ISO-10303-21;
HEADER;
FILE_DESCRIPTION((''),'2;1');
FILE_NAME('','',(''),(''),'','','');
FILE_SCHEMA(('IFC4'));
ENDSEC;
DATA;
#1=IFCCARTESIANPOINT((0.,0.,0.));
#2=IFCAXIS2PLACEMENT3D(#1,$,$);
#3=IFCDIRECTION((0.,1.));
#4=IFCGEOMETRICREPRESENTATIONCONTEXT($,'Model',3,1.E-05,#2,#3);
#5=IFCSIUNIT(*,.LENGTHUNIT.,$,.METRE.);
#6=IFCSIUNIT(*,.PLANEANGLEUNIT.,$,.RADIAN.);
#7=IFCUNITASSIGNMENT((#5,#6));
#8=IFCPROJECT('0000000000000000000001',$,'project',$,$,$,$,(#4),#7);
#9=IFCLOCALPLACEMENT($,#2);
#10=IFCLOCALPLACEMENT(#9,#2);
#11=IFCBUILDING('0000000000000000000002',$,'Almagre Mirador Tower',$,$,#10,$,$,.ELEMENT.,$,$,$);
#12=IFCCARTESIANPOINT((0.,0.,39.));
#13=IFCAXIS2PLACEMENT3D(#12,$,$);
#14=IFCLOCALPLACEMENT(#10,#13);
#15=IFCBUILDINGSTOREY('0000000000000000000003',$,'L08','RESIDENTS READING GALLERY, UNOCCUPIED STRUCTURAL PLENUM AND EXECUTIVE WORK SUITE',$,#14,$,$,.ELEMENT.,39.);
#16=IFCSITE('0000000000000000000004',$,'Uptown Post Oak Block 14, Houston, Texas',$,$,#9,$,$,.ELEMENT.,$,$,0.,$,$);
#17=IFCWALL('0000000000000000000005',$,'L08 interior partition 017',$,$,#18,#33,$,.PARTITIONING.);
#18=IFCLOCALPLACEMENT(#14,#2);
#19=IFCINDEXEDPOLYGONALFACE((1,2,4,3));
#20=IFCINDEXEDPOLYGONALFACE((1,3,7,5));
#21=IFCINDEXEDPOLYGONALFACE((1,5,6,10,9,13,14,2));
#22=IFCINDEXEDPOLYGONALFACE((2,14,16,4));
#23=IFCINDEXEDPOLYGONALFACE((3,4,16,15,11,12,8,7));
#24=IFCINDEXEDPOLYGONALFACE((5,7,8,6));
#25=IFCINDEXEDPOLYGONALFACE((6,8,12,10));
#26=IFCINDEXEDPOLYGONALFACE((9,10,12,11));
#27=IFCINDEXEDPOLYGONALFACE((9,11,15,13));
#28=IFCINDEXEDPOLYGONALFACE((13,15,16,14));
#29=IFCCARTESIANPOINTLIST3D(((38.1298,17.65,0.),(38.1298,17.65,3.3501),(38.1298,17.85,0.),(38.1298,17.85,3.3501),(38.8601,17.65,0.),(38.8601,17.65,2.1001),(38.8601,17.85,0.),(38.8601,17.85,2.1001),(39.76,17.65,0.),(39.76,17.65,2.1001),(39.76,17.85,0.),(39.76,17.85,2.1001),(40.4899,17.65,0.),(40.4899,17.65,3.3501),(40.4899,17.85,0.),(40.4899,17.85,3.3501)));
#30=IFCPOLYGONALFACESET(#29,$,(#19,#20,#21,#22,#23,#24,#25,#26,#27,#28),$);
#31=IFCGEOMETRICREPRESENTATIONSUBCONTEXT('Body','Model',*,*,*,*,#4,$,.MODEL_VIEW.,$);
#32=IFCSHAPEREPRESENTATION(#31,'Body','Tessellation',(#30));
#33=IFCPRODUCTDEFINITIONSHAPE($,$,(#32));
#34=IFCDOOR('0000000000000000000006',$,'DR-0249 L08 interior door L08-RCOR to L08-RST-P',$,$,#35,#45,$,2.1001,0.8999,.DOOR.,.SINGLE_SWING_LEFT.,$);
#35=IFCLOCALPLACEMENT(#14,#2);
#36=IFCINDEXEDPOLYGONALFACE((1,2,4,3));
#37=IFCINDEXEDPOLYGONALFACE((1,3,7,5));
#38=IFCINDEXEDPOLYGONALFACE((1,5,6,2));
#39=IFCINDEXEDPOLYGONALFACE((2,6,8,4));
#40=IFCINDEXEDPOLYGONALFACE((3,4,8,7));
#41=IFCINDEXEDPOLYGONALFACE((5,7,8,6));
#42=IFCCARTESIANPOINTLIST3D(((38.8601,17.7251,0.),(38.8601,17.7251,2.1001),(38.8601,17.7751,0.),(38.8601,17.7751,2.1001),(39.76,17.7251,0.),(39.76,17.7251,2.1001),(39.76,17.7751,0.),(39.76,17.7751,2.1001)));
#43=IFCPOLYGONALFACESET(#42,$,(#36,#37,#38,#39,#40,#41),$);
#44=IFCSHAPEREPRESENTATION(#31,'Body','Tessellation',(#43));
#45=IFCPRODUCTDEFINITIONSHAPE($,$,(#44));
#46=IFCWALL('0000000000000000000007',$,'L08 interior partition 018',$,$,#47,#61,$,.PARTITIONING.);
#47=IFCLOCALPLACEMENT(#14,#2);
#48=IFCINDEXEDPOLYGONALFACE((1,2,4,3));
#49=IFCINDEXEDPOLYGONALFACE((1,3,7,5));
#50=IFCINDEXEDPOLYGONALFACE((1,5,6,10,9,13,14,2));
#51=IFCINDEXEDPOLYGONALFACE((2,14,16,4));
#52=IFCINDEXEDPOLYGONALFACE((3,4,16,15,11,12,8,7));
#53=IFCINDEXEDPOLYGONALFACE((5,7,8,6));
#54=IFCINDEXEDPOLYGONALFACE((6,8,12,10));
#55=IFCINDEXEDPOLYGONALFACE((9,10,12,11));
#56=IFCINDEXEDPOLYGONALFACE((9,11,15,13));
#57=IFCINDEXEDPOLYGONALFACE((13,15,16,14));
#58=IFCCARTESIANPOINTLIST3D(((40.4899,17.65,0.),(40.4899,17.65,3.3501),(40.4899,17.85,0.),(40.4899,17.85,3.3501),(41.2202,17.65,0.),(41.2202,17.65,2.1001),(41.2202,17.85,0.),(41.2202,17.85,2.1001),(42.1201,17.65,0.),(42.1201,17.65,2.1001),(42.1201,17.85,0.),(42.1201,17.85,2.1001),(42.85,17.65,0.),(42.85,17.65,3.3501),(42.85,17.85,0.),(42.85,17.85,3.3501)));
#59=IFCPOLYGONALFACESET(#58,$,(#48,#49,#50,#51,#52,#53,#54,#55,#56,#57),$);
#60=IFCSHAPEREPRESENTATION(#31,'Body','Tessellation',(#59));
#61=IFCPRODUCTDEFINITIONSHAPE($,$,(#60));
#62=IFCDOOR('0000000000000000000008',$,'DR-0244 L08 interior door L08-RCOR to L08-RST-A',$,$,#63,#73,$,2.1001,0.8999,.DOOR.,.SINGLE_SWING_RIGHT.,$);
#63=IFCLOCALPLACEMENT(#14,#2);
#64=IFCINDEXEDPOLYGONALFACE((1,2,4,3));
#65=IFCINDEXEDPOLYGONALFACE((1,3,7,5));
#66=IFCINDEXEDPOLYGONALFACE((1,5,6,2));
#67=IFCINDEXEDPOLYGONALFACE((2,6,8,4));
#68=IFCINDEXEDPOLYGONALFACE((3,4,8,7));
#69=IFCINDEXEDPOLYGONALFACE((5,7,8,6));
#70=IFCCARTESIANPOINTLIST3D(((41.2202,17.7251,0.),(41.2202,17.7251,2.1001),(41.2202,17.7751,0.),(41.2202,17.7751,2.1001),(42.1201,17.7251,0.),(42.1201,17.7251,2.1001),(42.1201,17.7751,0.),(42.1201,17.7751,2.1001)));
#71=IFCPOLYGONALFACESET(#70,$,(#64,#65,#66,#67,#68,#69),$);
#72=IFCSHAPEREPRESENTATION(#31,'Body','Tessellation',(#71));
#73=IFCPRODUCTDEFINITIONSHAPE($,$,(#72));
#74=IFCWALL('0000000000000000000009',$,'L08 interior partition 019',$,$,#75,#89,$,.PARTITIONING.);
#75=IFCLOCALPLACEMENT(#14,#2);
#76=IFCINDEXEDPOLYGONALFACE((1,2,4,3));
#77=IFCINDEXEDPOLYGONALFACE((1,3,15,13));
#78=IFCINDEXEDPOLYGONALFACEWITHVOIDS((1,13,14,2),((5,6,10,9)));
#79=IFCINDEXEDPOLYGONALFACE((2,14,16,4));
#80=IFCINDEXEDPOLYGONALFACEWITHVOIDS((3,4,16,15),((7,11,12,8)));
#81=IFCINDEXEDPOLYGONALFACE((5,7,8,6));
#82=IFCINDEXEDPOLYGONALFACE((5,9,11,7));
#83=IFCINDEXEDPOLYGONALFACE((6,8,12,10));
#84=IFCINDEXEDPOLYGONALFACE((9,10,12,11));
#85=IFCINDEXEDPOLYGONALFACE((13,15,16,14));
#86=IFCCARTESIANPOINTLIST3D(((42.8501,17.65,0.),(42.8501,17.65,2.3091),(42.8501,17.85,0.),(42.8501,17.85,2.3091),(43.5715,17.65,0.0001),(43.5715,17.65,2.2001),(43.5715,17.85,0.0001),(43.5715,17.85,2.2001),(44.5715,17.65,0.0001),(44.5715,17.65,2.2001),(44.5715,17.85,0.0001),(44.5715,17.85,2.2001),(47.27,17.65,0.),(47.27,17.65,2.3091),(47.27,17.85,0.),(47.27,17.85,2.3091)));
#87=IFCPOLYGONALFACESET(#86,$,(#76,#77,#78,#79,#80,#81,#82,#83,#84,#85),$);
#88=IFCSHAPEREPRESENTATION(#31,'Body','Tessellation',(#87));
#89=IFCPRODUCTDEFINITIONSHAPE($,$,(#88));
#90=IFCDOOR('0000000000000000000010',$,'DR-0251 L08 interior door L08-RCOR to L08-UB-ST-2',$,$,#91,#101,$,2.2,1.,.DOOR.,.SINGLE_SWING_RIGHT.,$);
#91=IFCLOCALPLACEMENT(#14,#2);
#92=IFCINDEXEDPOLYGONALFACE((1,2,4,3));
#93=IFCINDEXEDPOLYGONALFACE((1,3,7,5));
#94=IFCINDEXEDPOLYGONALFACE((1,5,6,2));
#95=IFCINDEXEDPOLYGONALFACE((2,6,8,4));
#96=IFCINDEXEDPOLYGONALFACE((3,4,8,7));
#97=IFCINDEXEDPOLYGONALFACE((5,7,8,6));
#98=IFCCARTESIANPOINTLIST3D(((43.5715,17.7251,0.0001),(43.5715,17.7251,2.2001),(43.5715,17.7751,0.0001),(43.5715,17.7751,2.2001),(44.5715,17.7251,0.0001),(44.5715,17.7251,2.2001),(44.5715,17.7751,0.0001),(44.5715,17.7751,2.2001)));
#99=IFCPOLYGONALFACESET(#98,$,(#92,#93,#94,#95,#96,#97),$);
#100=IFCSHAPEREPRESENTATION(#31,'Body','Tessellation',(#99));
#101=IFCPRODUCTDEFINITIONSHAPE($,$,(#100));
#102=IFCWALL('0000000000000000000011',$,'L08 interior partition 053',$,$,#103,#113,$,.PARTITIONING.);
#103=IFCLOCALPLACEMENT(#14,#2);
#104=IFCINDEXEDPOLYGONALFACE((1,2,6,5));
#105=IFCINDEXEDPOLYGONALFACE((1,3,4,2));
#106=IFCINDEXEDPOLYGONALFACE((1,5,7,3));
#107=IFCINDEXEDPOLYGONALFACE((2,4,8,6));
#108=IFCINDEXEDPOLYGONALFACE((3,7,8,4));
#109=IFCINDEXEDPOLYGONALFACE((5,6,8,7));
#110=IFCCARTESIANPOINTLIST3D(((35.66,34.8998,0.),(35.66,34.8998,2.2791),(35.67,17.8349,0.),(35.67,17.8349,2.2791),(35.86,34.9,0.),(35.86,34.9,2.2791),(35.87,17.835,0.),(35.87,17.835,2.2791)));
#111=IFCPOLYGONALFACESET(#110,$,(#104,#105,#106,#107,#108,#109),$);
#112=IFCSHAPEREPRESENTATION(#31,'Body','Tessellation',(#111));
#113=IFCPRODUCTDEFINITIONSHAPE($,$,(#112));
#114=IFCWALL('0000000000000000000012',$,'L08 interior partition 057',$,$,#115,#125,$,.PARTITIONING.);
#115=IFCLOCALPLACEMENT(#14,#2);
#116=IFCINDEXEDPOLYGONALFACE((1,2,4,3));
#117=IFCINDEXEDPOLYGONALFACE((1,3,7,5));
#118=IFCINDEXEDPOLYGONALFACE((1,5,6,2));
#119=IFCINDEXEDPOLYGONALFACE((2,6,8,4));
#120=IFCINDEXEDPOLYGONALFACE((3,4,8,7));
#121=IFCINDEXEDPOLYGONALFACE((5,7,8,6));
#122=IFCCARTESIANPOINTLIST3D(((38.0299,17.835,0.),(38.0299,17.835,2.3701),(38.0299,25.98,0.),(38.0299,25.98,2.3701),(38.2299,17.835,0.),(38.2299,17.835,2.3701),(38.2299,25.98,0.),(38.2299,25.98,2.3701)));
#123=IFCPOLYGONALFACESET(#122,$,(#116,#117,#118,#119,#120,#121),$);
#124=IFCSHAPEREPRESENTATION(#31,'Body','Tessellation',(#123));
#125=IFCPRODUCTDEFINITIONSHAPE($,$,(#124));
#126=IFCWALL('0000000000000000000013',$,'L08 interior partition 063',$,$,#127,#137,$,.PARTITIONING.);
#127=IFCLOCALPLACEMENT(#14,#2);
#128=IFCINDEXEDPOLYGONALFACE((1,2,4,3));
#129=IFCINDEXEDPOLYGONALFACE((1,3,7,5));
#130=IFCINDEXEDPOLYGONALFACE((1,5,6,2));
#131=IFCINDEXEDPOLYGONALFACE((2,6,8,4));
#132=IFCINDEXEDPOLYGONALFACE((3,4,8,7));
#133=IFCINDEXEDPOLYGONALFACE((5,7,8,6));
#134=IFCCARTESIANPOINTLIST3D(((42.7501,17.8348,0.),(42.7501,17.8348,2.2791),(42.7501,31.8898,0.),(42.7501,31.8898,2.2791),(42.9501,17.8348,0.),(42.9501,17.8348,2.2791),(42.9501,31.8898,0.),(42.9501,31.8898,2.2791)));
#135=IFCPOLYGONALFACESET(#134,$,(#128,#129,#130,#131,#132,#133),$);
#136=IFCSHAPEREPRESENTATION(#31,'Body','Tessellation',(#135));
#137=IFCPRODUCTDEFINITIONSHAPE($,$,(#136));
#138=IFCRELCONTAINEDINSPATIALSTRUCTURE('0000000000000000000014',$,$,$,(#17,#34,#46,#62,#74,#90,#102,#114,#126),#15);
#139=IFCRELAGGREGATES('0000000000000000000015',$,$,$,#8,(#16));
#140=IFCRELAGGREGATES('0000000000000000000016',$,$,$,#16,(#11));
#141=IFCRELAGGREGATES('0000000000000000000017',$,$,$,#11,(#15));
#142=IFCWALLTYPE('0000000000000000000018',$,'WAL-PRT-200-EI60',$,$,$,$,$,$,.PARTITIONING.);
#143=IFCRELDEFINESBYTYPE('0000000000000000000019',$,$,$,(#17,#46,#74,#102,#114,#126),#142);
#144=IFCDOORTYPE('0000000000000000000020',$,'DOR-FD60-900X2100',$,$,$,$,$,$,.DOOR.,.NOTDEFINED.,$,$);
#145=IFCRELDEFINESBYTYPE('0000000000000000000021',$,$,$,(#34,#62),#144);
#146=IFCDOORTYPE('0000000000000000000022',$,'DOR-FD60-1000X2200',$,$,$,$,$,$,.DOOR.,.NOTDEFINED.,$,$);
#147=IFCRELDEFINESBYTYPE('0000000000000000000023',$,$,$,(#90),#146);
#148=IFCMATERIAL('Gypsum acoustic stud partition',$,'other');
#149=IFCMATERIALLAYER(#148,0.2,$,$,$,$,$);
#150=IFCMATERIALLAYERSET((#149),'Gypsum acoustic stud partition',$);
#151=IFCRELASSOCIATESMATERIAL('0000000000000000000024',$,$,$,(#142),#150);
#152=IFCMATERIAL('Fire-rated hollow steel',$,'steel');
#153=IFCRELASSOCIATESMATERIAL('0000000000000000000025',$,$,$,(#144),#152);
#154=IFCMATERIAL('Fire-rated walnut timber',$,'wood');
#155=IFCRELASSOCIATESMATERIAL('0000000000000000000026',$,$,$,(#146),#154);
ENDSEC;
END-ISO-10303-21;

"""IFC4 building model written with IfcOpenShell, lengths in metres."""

from ifc_helpers import new_model, si_unit, direction, frame, frame_2d, origin, place, context, subcontext, project, spatial, rectangle, extrude, material, layer, layer_set, type_object, element, fill, save


model = new_model("IFC4")

# Units and contexts
model_context = context("Model", 3, precision=1e-05, world=origin(), true_north=direction((0.0, 1.0)))
body_context = subcontext(model_context, "Body", "Model", "MODEL_VIEW")
ifc_project = project(units=[si_unit("LENGTHUNIT", "METRE"), si_unit("PLANEANGLEUNIT", "RADIAN")], contexts=[model_context])

# Site, building, storey
site_placement = place(None, origin())
site = spatial("IfcSite", under=ifc_project, at=site_placement, Name="Uptown Post Oak Block 14, Houston, Texas", CompositionType="ELEMENT", RefElevation=0.0)
building_placement = place(site_placement, origin())
building = spatial("IfcBuilding", under=site, at=building_placement, Name="Almagre Mirador Tower", CompositionType="ELEMENT")
storey_placement = place(building_placement, frame((0.0, 0.0, 39.0)))
storey = spatial("IfcBuildingStorey", under=building, at=storey_placement, Name="L08", Description="RESIDENTS READING GALLERY, UNOCCUPIED STRUCTURAL PLENUM AND EXECUTIVE WORK SUITE", CompositionType="ELEMENT", Elevation=39.0)

# Walls, openings, doors
ifc_material_1 = material(Name="Gypsum acoustic stud partition", Category="other")
ifc_layer_1 = layer(ifc_material_1, 0.2)
ifc_layer_set_1 = layer_set([ifc_layer_1], Name="Gypsum acoustic stud partition")
wall_type_1 = type_object("IfcWallType", Name="WAL-PRT-200-EI60", PredefinedType="PARTITIONING", material=ifc_layer_set_1)
ifc_material_2 = material(Name="Fire-rated hollow steel", Category="steel")
door_type_1 = type_object("IfcDoorType", Name="DOR-FD60-900X2100", OperationType="NOTDEFINED", PredefinedType="DOOR", material=ifc_material_2)
ifc_material_3 = material(Name="Fire-rated walnut timber", Category="wood")
door_type_2 = type_object("IfcDoorType", Name="DOR-FD60-1000X2200", OperationType="NOTDEFINED", PredefinedType="DOOR", material=ifc_material_3)
wall_1_placement = place(storey_placement, frame((40.49, 17.75, 0.0), z_axis=(0.0, 0.0, 1.0), x_axis=(-1.0, 0.0, 0.0)))
wall_1 = element("IfcWall", 1, at=wall_1_placement, inside=storey, type_object=wall_type_1, Name="L08 interior partition 017", PredefinedType="PARTITIONING", context=body_context, shape_type="SweptSolid", body=[
    extrude(rectangle(XDim=2.3601, YDim=0.2, at=frame_2d((1.1802, 0.0))), origin(), (0.0, 0.0, 1.0), 3.3501),
])
opening_1_placement = place(wall_1_placement, frame((0.73, 0.0, 0.0)))
opening_1 = element("IfcOpeningElement", 2, at=opening_1_placement, cuts=wall_1, PredefinedType="OPENING", context=body_context, shape_type="SweptSolid", body=[
    extrude(rectangle(XDim=0.8999, YDim=2.1001, at=frame_2d((0.45, 1.05))), frame((0.0, 0.1101, 0.0), z_axis=(0.0, -1.0, 0.0), x_axis=(1.0, 0.0, 0.0)), (0.0, 0.0, 1.0), 0.22),
])
door_1_placement = place(opening_1_placement, origin())
door_1 = element("IfcDoor", 3, at=door_1_placement, inside=storey, type_object=door_type_1, Name="DR-0249 L08 interior door L08-RCOR to L08-RST-P", OperationType="SINGLE_SWING_LEFT", OverallHeight=2.1001, OverallWidth=0.8999, PredefinedType="DOOR", context=body_context, shape_type="SweptSolid", body=[
    extrude(rectangle(XDim=0.8999, YDim=2.1001, at=frame_2d((0.45, 1.05))), frame((0.0, 0.0249, 0.0), z_axis=(0.0, -1.0, 0.0), x_axis=(1.0, 0.0, 0.0)), (0.0, 0.0, 1.0), 0.05),
])
fill(opening_1, door_1)
wall_2_placement = place(storey_placement, frame((42.8501, 17.75, 0.0), z_axis=(0.0, 0.0, 1.0), x_axis=(-1.0, 0.0, 0.0)))
wall_2 = element("IfcWall", 4, at=wall_2_placement, inside=storey, type_object=wall_type_1, Name="L08 interior partition 018", PredefinedType="PARTITIONING", context=body_context, shape_type="SweptSolid", body=[
    extrude(rectangle(XDim=2.3601, YDim=0.2, at=frame_2d((1.1802, 0.0))), origin(), (0.0, 0.0, 1.0), 3.3501),
])
opening_2_placement = place(wall_2_placement, frame((0.73, 0.0, 0.0)))
opening_2 = element("IfcOpeningElement", 5, at=opening_2_placement, cuts=wall_2, PredefinedType="OPENING", context=body_context, shape_type="SweptSolid", body=[
    extrude(rectangle(XDim=0.8999, YDim=2.1001, at=frame_2d((0.45, 1.05))), frame((0.0, 0.1101, 0.0), z_axis=(0.0, -1.0, 0.0), x_axis=(1.0, 0.0, 0.0)), (0.0, 0.0, 1.0), 0.22),
])
door_2_placement = place(opening_2_placement, origin())
door_2 = element("IfcDoor", 6, at=door_2_placement, inside=storey, type_object=door_type_1, Name="DR-0244 L08 interior door L08-RCOR to L08-RST-A", OperationType="SINGLE_SWING_RIGHT", OverallHeight=2.1001, OverallWidth=0.8999, PredefinedType="DOOR", context=body_context, shape_type="SweptSolid", body=[
    extrude(rectangle(XDim=0.8999, YDim=2.1001, at=frame_2d((0.45, 1.05))), frame((0.0, 0.0249, 0.0), z_axis=(0.0, -1.0, 0.0), x_axis=(1.0, 0.0, 0.0)), (0.0, 0.0, 1.0), 0.05),
])
fill(opening_2, door_2)
wall_3_placement = place(storey_placement, frame((47.27, 17.75, 0.0), z_axis=(0.0, 0.0, 1.0), x_axis=(-1.0, 0.0, 0.0)))
wall_3 = element("IfcWall", 7, at=wall_3_placement, inside=storey, type_object=wall_type_1, Name="L08 interior partition 019", PredefinedType="PARTITIONING", context=body_context, shape_type="SweptSolid", body=[
    extrude(rectangle(XDim=4.4199, YDim=0.2, at=frame_2d((2.21, 0.0))), origin(), (0.0, 0.0, 1.0), 2.3091),
])
opening_3_placement = place(wall_3_placement, frame((2.6985, 0.0, 0.0)))
opening_3 = element("IfcOpeningElement", 8, at=opening_3_placement, cuts=wall_3, PredefinedType="OPENING", context=body_context, shape_type="SweptSolid", body=[
    extrude(rectangle(XDim=1.0, YDim=2.2, at=frame_2d((0.5, 1.1001))), frame((0.0, 0.1101, 0.0), z_axis=(0.0, -1.0, 0.0), x_axis=(1.0, 0.0, 0.0)), (0.0, 0.0, 1.0), 0.22),
])
door_3_placement = place(opening_3_placement, origin())
door_3 = element("IfcDoor", 9, at=door_3_placement, inside=storey, type_object=door_type_2, Name="DR-0251 L08 interior door L08-RCOR to L08-UB-ST-2", OperationType="SINGLE_SWING_RIGHT", OverallHeight=2.2, OverallWidth=1.0, PredefinedType="DOOR", context=body_context, shape_type="SweptSolid", body=[
    extrude(rectangle(XDim=1.0, YDim=2.2, at=frame_2d((0.5, 1.1001))), frame((0.0, 0.0249, 0.0), z_axis=(0.0, -1.0, 0.0), x_axis=(1.0, 0.0, 0.0)), (0.0, 0.0, 1.0), 0.05),
])
fill(opening_3, door_3)

# Walls
wall_4_placement = place(storey_placement, frame((35.77, 17.835, 0.0), z_axis=(0.0, 0.0, 1.0), x_axis=(-0.000587, 1.0, 0.0)))
element("IfcWall", 10, at=wall_4_placement, inside=storey, type_object=wall_type_1, Name="L08 interior partition 053", PredefinedType="PARTITIONING", context=body_context, shape_type="SweptSolid", body=[
    extrude(rectangle(XDim=17.0649, YDim=0.2, at=frame_2d((8.5325, 0.0))), origin(), (0.0, 0.0, 1.0), 2.2791),
])
wall_5_placement = place(storey_placement, frame((38.1299, 17.835, 0.0), z_axis=(0.0, 0.0, 1.0), x_axis=(0.0, 1.0, 0.0)))
element("IfcWall", 11, at=wall_5_placement, inside=storey, type_object=wall_type_1, Name="L08 interior partition 057", PredefinedType="PARTITIONING", context=body_context, shape_type="SweptSolid", body=[
    extrude(rectangle(XDim=8.145, YDim=0.2, at=frame_2d((4.0725, 0.0))), origin(), (0.0, 0.0, 1.0), 2.3701),
])
wall_6_placement = place(storey_placement, frame((42.8501, 17.835, 0.0), z_axis=(0.0, 0.0, 1.0), x_axis=(0.0, 1.0, 0.0)))
element("IfcWall", 12, at=wall_6_placement, inside=storey, type_object=wall_type_1, Name="L08 interior partition 063", PredefinedType="PARTITIONING", context=body_context, shape_type="SweptSolid", body=[
    extrude(rectangle(XDim=14.0549, YDim=0.2, at=frame_2d((7.0273, 0.0))), origin(), (0.0, 0.0, 1.0), 2.2791),
])

save(model, "model.ifc")
